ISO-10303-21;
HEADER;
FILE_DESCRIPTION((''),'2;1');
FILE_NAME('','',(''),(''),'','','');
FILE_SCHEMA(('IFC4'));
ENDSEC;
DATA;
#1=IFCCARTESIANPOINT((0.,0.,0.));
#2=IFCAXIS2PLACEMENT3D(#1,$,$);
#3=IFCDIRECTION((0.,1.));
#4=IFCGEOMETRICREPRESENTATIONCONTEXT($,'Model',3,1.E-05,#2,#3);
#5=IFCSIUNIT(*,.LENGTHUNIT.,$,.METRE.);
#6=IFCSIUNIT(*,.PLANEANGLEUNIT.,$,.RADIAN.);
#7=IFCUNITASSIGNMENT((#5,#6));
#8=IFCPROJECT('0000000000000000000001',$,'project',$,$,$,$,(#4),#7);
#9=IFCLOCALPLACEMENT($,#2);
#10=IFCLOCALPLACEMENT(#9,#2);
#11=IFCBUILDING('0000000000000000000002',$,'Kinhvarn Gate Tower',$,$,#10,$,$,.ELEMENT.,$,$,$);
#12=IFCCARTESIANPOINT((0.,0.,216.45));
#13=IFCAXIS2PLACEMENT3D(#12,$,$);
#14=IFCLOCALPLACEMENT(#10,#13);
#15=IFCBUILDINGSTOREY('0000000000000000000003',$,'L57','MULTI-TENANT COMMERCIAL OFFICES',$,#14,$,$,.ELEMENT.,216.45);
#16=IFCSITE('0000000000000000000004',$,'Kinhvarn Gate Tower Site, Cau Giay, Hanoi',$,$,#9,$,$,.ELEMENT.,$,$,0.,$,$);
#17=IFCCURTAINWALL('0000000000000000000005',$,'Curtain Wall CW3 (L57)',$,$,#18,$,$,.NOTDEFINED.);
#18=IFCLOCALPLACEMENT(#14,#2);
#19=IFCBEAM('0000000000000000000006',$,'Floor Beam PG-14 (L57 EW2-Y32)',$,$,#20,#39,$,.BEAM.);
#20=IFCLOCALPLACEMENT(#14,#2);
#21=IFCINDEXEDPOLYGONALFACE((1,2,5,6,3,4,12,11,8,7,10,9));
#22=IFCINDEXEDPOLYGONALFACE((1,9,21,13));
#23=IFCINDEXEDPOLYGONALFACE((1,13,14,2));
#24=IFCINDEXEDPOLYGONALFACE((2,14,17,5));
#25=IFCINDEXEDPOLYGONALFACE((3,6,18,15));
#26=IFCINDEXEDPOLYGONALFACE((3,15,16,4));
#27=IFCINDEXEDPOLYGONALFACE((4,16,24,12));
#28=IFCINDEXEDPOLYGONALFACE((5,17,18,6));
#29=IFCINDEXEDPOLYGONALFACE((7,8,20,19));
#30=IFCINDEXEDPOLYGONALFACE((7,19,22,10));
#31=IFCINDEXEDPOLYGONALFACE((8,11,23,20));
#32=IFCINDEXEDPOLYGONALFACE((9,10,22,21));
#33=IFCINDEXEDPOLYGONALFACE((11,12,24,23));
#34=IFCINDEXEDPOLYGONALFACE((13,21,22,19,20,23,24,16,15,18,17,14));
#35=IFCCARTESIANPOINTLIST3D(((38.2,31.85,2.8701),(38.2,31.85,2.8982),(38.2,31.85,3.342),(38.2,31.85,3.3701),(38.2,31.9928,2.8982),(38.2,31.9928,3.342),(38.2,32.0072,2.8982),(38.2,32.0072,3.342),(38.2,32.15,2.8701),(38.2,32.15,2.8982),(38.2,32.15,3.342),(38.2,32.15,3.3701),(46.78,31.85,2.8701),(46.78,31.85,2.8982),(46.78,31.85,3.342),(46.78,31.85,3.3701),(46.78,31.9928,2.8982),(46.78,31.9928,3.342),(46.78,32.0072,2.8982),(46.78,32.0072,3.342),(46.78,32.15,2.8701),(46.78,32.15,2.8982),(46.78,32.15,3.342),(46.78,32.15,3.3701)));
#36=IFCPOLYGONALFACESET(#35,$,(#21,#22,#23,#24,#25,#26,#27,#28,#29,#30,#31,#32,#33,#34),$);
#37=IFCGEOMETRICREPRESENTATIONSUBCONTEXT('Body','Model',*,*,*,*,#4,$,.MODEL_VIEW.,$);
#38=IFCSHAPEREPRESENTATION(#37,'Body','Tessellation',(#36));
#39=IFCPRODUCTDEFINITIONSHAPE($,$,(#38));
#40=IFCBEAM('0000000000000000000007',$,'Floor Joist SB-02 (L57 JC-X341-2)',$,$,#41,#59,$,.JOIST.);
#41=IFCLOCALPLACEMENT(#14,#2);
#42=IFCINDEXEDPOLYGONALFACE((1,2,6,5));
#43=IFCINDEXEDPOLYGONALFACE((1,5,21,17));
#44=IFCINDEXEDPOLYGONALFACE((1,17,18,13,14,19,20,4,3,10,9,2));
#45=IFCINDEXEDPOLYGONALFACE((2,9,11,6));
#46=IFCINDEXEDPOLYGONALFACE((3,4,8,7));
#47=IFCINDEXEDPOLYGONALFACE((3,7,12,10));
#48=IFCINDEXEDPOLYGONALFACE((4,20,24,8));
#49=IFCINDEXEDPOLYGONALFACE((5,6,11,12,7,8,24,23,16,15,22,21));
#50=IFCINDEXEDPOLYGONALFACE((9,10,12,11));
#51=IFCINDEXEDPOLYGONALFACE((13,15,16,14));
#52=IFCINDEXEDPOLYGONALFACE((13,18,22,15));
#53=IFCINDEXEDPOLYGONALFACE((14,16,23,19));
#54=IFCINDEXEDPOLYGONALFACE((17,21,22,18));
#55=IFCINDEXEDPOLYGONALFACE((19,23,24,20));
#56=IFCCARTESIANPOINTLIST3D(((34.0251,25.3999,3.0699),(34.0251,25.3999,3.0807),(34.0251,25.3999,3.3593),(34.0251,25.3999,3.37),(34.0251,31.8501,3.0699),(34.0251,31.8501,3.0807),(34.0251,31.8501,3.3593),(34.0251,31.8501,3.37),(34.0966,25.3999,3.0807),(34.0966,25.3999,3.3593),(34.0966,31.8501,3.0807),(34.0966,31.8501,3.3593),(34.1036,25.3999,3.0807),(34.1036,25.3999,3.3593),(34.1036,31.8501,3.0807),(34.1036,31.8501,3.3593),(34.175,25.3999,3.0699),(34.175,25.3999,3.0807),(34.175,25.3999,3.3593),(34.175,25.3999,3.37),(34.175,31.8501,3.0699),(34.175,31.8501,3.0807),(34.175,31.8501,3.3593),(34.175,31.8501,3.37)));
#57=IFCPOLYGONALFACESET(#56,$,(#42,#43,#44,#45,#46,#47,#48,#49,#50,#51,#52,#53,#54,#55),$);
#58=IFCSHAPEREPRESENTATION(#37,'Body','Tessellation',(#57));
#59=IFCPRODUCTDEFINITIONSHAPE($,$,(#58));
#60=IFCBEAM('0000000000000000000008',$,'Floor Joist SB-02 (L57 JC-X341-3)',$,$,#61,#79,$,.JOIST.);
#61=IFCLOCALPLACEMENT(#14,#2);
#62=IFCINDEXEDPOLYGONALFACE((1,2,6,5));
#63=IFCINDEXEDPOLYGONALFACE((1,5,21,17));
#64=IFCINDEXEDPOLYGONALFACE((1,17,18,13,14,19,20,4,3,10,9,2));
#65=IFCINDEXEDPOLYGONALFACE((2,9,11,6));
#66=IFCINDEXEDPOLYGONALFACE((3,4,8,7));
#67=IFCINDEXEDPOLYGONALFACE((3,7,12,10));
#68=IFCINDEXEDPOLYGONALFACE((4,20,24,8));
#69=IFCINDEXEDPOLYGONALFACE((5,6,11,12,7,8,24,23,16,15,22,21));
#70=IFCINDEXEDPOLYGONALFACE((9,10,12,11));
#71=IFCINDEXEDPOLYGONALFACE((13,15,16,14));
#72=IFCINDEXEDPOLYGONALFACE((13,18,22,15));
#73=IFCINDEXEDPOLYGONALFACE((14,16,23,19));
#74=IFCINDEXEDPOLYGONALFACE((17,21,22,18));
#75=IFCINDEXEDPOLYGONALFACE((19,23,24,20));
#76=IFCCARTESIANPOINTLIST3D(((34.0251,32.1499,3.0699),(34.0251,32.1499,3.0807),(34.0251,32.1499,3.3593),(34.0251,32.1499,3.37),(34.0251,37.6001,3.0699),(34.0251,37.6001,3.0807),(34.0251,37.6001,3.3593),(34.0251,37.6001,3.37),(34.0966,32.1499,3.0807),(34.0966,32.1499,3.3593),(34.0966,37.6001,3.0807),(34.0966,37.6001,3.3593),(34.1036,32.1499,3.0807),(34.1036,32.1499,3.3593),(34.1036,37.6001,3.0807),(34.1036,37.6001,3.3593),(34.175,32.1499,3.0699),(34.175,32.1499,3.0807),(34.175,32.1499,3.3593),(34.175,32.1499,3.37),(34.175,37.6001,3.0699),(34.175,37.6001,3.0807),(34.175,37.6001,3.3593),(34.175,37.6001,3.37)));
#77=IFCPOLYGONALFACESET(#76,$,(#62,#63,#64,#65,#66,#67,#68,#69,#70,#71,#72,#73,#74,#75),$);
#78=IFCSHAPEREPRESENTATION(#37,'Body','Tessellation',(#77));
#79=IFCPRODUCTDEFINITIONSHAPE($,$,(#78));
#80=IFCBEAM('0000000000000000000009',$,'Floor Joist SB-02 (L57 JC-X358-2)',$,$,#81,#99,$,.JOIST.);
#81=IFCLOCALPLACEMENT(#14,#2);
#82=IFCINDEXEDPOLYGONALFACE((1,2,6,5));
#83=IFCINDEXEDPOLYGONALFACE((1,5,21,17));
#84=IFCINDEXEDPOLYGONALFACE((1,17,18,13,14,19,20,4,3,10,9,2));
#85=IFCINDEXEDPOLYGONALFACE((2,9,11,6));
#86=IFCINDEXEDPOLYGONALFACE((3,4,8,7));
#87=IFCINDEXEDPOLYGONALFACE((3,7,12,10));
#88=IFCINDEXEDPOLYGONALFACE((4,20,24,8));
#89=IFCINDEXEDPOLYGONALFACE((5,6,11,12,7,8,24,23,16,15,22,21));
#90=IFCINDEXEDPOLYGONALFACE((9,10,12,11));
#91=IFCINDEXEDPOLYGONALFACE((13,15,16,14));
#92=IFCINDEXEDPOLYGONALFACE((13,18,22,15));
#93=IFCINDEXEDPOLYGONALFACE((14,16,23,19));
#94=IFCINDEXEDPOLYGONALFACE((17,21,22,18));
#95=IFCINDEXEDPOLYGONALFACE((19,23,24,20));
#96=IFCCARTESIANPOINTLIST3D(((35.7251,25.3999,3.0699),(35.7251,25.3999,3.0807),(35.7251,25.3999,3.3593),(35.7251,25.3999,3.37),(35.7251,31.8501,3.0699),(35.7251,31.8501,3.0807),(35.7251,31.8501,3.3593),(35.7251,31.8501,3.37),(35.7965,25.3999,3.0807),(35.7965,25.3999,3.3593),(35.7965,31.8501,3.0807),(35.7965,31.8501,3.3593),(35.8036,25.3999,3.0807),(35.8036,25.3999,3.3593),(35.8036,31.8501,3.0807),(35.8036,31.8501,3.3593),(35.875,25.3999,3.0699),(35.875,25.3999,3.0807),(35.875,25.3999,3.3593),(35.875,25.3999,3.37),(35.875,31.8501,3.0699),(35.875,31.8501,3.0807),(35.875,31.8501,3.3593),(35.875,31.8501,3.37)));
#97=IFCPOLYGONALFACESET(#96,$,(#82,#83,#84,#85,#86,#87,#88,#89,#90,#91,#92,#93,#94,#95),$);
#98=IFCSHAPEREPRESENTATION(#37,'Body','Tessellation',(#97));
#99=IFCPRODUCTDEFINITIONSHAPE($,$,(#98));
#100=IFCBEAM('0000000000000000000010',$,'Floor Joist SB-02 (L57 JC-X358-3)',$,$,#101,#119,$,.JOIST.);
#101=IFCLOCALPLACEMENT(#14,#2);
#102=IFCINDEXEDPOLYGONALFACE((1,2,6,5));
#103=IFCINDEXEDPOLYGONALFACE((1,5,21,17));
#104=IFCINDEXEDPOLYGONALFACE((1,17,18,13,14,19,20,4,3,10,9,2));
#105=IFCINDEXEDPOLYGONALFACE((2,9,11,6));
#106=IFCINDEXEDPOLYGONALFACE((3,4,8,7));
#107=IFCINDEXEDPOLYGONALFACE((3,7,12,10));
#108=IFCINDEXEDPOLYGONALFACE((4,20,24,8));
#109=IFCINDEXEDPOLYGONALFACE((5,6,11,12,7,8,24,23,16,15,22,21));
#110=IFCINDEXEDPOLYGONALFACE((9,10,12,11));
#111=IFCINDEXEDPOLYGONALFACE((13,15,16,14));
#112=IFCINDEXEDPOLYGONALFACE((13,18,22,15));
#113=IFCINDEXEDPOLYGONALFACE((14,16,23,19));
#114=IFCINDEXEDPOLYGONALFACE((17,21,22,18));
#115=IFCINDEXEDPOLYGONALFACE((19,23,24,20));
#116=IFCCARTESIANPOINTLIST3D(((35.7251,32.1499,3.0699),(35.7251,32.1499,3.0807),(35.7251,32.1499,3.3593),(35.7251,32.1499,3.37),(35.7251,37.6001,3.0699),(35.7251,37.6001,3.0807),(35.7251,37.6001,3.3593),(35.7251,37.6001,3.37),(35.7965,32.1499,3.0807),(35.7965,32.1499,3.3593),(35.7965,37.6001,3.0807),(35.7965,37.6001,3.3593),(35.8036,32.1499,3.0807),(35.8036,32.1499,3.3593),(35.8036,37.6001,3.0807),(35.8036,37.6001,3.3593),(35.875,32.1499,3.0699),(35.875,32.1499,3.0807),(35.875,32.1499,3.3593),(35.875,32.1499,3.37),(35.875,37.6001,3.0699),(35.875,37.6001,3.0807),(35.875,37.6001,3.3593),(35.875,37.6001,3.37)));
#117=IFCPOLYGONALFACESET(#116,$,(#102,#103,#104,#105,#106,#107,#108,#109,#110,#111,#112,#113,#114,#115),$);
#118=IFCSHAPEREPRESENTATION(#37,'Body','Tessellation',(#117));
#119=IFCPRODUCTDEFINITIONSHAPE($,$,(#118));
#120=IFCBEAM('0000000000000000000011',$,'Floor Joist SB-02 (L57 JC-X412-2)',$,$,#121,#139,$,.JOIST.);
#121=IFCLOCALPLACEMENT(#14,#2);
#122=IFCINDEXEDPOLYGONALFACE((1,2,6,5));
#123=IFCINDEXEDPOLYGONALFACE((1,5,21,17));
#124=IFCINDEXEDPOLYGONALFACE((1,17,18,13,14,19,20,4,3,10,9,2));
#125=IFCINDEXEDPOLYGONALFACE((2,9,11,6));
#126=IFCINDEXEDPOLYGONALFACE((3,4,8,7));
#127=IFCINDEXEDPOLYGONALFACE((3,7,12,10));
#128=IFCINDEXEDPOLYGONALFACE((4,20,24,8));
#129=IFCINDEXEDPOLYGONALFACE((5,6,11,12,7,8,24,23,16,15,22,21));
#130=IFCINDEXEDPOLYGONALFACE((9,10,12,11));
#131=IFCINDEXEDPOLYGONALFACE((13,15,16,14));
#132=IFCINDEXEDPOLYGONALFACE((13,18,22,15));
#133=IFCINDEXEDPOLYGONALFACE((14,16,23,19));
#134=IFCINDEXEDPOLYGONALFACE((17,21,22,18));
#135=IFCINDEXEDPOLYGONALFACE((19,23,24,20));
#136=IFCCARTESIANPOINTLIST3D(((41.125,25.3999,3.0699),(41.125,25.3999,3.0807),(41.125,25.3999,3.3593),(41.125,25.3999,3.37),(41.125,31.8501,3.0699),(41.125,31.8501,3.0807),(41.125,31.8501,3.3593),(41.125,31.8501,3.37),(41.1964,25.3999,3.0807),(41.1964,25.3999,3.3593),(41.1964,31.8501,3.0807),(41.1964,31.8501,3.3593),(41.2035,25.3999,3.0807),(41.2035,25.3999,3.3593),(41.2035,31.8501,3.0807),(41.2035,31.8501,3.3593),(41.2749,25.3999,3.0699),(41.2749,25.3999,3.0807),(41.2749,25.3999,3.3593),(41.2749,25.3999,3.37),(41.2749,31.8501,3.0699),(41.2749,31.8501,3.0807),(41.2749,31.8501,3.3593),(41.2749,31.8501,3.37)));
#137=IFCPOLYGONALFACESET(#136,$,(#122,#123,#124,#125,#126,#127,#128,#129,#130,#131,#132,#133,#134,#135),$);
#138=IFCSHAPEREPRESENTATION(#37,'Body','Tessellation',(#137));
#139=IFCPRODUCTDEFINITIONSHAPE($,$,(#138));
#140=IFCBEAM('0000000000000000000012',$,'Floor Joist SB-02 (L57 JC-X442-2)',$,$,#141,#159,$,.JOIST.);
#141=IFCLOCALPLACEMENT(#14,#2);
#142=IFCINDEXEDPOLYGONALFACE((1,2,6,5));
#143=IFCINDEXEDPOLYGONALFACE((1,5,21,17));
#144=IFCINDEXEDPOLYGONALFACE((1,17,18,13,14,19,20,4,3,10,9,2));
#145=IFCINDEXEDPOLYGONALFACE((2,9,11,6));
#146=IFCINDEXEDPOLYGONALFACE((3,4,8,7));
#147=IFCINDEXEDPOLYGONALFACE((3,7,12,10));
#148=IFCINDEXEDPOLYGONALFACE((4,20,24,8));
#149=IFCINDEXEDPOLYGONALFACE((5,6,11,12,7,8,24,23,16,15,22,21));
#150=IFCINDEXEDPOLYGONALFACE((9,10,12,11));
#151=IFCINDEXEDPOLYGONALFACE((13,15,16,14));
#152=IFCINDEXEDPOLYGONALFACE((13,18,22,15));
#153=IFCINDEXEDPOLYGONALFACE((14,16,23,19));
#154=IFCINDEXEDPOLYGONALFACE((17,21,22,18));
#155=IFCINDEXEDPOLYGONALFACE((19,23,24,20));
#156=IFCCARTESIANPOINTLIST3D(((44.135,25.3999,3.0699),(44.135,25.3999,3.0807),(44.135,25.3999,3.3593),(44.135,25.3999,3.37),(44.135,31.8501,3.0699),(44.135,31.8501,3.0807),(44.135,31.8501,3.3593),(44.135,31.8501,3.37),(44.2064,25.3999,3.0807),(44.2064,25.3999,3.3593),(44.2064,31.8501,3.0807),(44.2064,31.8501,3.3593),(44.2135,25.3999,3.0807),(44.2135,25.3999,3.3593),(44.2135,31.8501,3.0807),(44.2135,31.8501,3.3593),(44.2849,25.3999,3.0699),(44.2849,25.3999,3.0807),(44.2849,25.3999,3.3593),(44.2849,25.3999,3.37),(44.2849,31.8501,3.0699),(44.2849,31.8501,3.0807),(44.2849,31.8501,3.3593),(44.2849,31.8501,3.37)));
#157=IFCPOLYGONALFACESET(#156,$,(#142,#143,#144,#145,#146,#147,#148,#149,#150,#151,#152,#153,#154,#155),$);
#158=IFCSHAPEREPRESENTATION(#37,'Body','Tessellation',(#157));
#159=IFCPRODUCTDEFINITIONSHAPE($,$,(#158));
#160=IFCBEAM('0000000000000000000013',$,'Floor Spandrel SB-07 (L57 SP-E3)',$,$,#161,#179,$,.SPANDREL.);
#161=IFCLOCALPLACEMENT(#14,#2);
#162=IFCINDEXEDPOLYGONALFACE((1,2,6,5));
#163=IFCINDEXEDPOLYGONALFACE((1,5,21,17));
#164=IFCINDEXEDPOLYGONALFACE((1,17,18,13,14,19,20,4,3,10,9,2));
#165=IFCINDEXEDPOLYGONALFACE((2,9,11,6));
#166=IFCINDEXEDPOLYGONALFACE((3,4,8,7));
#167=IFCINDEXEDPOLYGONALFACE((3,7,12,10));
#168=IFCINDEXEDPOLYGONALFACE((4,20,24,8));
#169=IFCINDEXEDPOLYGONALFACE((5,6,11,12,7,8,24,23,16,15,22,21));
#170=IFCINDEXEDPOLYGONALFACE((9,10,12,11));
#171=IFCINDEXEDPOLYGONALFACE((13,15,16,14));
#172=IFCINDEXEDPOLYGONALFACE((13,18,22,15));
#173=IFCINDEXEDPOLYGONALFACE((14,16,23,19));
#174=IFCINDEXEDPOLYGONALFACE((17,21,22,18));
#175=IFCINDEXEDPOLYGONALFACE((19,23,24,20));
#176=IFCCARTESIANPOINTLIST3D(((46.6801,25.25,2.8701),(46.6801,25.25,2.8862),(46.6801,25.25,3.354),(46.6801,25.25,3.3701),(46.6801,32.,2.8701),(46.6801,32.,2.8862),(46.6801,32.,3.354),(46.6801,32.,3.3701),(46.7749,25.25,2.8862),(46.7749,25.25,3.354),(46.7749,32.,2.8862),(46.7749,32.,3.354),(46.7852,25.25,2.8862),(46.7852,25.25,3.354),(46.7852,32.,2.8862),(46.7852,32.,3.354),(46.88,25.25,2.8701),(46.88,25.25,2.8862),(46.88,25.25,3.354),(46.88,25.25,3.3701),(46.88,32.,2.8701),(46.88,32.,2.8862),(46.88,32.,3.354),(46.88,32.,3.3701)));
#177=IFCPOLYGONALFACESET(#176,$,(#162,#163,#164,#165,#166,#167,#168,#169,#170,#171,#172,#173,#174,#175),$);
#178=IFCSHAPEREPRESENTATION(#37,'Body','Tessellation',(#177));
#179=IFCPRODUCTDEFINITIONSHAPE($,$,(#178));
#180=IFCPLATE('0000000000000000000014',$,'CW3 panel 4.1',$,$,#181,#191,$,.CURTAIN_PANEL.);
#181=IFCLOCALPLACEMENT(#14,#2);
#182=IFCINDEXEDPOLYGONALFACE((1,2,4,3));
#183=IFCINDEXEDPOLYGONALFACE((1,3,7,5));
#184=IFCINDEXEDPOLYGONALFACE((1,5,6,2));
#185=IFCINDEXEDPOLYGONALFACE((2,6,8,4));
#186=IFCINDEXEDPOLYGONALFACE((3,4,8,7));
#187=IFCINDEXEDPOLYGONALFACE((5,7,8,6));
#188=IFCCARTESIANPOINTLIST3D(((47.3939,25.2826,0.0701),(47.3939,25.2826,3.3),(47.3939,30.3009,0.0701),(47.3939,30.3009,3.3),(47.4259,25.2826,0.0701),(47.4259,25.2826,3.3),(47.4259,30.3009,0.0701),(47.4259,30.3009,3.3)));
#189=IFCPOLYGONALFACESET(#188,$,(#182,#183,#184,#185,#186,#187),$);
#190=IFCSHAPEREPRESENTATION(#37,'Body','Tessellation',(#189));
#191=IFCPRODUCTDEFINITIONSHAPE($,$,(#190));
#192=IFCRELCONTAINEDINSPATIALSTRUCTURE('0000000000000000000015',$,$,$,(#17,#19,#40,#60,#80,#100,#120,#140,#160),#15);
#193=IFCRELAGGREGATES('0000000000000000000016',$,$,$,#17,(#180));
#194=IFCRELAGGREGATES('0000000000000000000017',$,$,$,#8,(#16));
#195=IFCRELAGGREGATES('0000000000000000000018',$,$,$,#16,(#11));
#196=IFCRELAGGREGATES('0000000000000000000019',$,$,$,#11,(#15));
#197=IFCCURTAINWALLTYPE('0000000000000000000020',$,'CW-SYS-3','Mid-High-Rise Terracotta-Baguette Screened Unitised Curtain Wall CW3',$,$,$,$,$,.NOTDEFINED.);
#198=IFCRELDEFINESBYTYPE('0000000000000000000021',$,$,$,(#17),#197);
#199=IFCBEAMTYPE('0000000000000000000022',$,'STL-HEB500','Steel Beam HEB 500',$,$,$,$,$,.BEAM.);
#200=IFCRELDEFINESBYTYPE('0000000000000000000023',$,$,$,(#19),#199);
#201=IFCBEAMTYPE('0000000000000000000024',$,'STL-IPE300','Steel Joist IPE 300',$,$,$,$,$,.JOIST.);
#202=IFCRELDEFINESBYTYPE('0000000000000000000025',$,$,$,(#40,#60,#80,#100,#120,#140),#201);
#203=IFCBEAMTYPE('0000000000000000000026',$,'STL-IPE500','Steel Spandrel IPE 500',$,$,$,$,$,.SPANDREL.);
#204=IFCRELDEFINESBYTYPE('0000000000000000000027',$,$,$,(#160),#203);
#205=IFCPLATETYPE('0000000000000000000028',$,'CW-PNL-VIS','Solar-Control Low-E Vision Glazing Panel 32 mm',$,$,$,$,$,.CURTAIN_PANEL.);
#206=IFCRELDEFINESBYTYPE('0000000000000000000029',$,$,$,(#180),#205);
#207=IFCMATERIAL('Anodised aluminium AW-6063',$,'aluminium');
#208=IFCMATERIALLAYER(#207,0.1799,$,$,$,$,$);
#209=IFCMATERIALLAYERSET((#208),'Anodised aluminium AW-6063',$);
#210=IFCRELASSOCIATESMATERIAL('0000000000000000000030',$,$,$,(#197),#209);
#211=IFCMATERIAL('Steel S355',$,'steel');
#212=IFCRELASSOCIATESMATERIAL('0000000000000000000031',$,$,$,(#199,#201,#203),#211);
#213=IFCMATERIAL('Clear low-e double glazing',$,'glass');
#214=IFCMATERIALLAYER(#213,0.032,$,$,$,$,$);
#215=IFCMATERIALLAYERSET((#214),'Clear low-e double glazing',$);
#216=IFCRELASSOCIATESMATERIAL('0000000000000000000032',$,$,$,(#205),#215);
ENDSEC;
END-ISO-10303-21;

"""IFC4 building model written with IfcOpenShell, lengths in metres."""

from ifc_helpers import new_model, si_unit, direction, frame, origin, origin_2d, place, context, subcontext, project, spatial, rectangle, i_section, extrude, material, layer, layer_set, material_profile, profile_set, type_object, element, aggregate, save


model = new_model("IFC4")

# Units and contexts
model_context = context("Model", 3, precision=1e-05, world=origin(), true_north=direction((0.0, 1.0)))
body_context = subcontext(model_context, "Body", "Model", "MODEL_VIEW")
ifc_project = project(units=[si_unit("LENGTHUNIT", "METRE"), si_unit("PLANEANGLEUNIT", "RADIAN")], contexts=[model_context])

# Site, building, storey
site_placement = place(None, origin())
site = spatial("IfcSite", under=ifc_project, at=site_placement, Name="Kinhvarn Gate Tower Site, Cau Giay, Hanoi", CompositionType="ELEMENT", RefElevation=0.0)
building_placement = place(site_placement, origin())
building = spatial("IfcBuilding", under=site, at=building_placement, Name="Kinhvarn Gate Tower", CompositionType="ELEMENT")
storey_placement = place(building_placement, frame((0.0, 0.0, 216.45)))
storey = spatial("IfcBuildingStorey", under=building, at=storey_placement, Name="L57", Description="MULTI-TENANT COMMERCIAL OFFICES", CompositionType="ELEMENT", Elevation=216.45)

# Curtain wall
ifc_material_1 = material(Name="Anodised aluminium AW-6063", Category="aluminium")
ifc_layer_1 = layer(ifc_material_1, 0.1799)
ifc_layer_set_1 = layer_set([ifc_layer_1], Name="Anodised aluminium AW-6063")
curtain_wall_type = type_object("IfcCurtainWallType", Name="CW-SYS-3", Description="Mid-High-Rise Terracotta-Baguette Screened Unitised Curtain Wall CW3", PredefinedType="NOTDEFINED", material=ifc_layer_set_1)
curtain_wall_placement = place(storey_placement, origin())
curtain_wall = element("IfcCurtainWall", 1, at=curtain_wall_placement, inside=storey, type_object=curtain_wall_type, Name="Curtain Wall CW3 (L57)", PredefinedType="NOTDEFINED")

# Beams
ifc_material_2 = material(Name="Steel S355", Category="steel")
ifc_material_profile_1 = material_profile(ifc_material_2, i_section(OverallWidth=0.3, OverallDepth=0.5, WebThickness=0.0144, FlangeThickness=0.0281, at=origin_2d()), Name="HEB 500")
ifc_profile_set_1 = profile_set([ifc_material_profile_1], Name="Steel S355")
beam_type_1 = type_object("IfcBeamType", Name="STL-HEB500", Description="Steel Beam HEB 500", PredefinedType="BEAM", material=ifc_profile_set_1)
beam_1_placement = place(storey_placement, frame((38.2, 32.0, 3.1201), z_axis=(1.0, 0.0, 0.0), x_axis=(0.0, 1.0, 0.0)))
element("IfcBeam", 2, at=beam_1_placement, inside=storey, type_object=beam_type_1, Name="Floor Beam PG-14 (L57 EW2-Y32)", PredefinedType="BEAM", context=body_context, shape_type="SweptSolid", body=[
    extrude(i_section(OverallWidth=0.3, OverallDepth=0.5, WebThickness=0.0144, FlangeThickness=0.0281, at=origin_2d()), origin(), (0.0, 0.0, 1.0), 8.5801),
])
ifc_material_profile_2 = material_profile(ifc_material_2, i_section(OverallWidth=0.1499, OverallDepth=0.3, WebThickness=0.0071, FlangeThickness=0.0107, at=origin_2d()), Name="IPE 300")
ifc_profile_set_2 = profile_set([ifc_material_profile_2], Name="Steel S355")
beam_type_2 = type_object("IfcBeamType", Name="STL-IPE300", Description="Steel Joist IPE 300", PredefinedType="JOIST", material=ifc_profile_set_2)
beam_2_placement = place(storey_placement, frame((34.1001, 25.3999, 3.22), z_axis=(0.0, 1.0, 0.0), x_axis=(-1.0, 0.0, 0.0)))
element("IfcBeam", 3, at=beam_2_placement, inside=storey, type_object=beam_type_2, Name="Floor Joist SB-02 (L57 JC-X341-2)", PredefinedType="JOIST", context=body_context, shape_type="SweptSolid", body=[
    extrude(i_section(OverallWidth=0.1499, OverallDepth=0.3, WebThickness=0.0071, FlangeThickness=0.0107, at=origin_2d()), origin(), (0.0, 0.0, 1.0), 6.4502),
])
beam_3_placement = place(storey_placement, frame((34.1001, 32.1499, 3.22), z_axis=(0.0, 1.0, 0.0), x_axis=(-1.0, 0.0, 0.0)))
element("IfcBeam", 4, at=beam_3_placement, inside=storey, type_object=beam_type_2, Name="Floor Joist SB-02 (L57 JC-X341-3)", PredefinedType="JOIST", context=body_context, shape_type="SweptSolid", body=[
    extrude(i_section(OverallWidth=0.1499, OverallDepth=0.3, WebThickness=0.0071, FlangeThickness=0.0107, at=origin_2d()), origin(), (0.0, 0.0, 1.0), 5.4502),
])
beam_4_placement = place(storey_placement, frame((35.8, 25.3999, 3.22), z_axis=(0.0, 1.0, 0.0), x_axis=(-1.0, 0.0, 0.0)))
element("IfcBeam", 5, at=beam_4_placement, inside=storey, type_object=beam_type_2, Name="Floor Joist SB-02 (L57 JC-X358-2)", PredefinedType="JOIST", context=body_context, shape_type="SweptSolid", body=[
    extrude(i_section(OverallWidth=0.1499, OverallDepth=0.3, WebThickness=0.0071, FlangeThickness=0.0107, at=origin_2d()), origin(), (0.0, 0.0, 1.0), 6.4502),
])
beam_5_placement = place(storey_placement, frame((35.8, 32.1499, 3.22), z_axis=(0.0, 1.0, 0.0), x_axis=(-1.0, 0.0, 0.0)))
element("IfcBeam", 6, at=beam_5_placement, inside=storey, type_object=beam_type_2, Name="Floor Joist SB-02 (L57 JC-X358-3)", PredefinedType="JOIST", context=body_context, shape_type="SweptSolid", body=[
    extrude(i_section(OverallWidth=0.1499, OverallDepth=0.3, WebThickness=0.0071, FlangeThickness=0.0107, at=origin_2d()), origin(), (0.0, 0.0, 1.0), 5.4502),
])
for number, where, z_axis, x_axis, name in (
    (7, (41.2, 25.3999, 3.22), (0.0, 1.0, 0.0), (-1.0, 0.0, 0.0), "Floor Joist SB-02 (L57 JC-X412-2)"),
    (8, (44.21, 25.3999, 3.22), (0.0, 1.0, 0.0), (-1.0, 0.0, 0.0), "Floor Joist SB-02 (L57 JC-X442-2)"),
):
    element("IfcBeam", number, at=place(storey_placement, frame(where, z_axis=z_axis, x_axis=x_axis)), inside=storey, type_object=beam_type_2, Name=name, PredefinedType="JOIST", context=body_context, shape_type="SweptSolid", body=[
        extrude(i_section(OverallWidth=0.1499, OverallDepth=0.3, WebThickness=0.0071, FlangeThickness=0.0107, at=origin_2d()), origin(), (0.0, 0.0, 1.0), 6.4502),
    ])
ifc_material_profile_3 = material_profile(ifc_material_2, i_section(OverallWidth=0.2, OverallDepth=0.5, WebThickness=0.0103, FlangeThickness=0.0161, at=origin_2d()), Name="IPE 500")
ifc_profile_set_3 = profile_set([ifc_material_profile_3], Name="Steel S355")
beam_type_3 = type_object("IfcBeamType", Name="STL-IPE500", Description="Steel Spandrel IPE 500", PredefinedType="SPANDREL", material=ifc_profile_set_3)
beam_6_placement = place(storey_placement, frame((46.78, 25.25, 3.1201), z_axis=(0.0, 1.0, 0.0), x_axis=(-1.0, 0.0, 0.0)))
element("IfcBeam", 9, at=beam_6_placement, inside=storey, type_object=beam_type_3, Name="Floor Spandrel SB-07 (L57 SP-E3)", PredefinedType="SPANDREL", context=body_context, shape_type="SweptSolid", body=[
    extrude(i_section(OverallWidth=0.2, OverallDepth=0.5, WebThickness=0.0103, FlangeThickness=0.0161, at=origin_2d()), origin(), (0.0, 0.0, 1.0), 6.75),
])

# Plate
ifc_material_3 = material(Name="Clear low-e double glazing", Category="glass")
ifc_layer_2 = layer(ifc_material_3, 0.032)
ifc_layer_set_2 = layer_set([ifc_layer_2], Name="Clear low-e double glazing")
plate_type = type_object("IfcPlateType", Name="CW-PNL-VIS", Description="Solar-Control Low-E Vision Glazing Panel 32 mm", PredefinedType="CURTAIN_PANEL", material=ifc_layer_set_2)
plate_1_placement = place(storey_placement, frame((47.4099, 27.7917, 0.0701), z_axis=(0.0, 0.0, 1.0), x_axis=(0.0, 1.0, 0.0)))
plate_1 = element("IfcPlate", 10, at=plate_1_placement, type_object=plate_type, Name="CW3 panel 4.1", PredefinedType="CURTAIN_PANEL", context=body_context, shape_type="SweptSolid", body=[
    extrude(rectangle(XDim=5.0183, YDim=0.032, at=origin_2d()), origin(), (0.0, 0.0, 1.0), 3.23),
])
aggregate(curtain_wall, [plate_1])

save(model, "model.ifc")
